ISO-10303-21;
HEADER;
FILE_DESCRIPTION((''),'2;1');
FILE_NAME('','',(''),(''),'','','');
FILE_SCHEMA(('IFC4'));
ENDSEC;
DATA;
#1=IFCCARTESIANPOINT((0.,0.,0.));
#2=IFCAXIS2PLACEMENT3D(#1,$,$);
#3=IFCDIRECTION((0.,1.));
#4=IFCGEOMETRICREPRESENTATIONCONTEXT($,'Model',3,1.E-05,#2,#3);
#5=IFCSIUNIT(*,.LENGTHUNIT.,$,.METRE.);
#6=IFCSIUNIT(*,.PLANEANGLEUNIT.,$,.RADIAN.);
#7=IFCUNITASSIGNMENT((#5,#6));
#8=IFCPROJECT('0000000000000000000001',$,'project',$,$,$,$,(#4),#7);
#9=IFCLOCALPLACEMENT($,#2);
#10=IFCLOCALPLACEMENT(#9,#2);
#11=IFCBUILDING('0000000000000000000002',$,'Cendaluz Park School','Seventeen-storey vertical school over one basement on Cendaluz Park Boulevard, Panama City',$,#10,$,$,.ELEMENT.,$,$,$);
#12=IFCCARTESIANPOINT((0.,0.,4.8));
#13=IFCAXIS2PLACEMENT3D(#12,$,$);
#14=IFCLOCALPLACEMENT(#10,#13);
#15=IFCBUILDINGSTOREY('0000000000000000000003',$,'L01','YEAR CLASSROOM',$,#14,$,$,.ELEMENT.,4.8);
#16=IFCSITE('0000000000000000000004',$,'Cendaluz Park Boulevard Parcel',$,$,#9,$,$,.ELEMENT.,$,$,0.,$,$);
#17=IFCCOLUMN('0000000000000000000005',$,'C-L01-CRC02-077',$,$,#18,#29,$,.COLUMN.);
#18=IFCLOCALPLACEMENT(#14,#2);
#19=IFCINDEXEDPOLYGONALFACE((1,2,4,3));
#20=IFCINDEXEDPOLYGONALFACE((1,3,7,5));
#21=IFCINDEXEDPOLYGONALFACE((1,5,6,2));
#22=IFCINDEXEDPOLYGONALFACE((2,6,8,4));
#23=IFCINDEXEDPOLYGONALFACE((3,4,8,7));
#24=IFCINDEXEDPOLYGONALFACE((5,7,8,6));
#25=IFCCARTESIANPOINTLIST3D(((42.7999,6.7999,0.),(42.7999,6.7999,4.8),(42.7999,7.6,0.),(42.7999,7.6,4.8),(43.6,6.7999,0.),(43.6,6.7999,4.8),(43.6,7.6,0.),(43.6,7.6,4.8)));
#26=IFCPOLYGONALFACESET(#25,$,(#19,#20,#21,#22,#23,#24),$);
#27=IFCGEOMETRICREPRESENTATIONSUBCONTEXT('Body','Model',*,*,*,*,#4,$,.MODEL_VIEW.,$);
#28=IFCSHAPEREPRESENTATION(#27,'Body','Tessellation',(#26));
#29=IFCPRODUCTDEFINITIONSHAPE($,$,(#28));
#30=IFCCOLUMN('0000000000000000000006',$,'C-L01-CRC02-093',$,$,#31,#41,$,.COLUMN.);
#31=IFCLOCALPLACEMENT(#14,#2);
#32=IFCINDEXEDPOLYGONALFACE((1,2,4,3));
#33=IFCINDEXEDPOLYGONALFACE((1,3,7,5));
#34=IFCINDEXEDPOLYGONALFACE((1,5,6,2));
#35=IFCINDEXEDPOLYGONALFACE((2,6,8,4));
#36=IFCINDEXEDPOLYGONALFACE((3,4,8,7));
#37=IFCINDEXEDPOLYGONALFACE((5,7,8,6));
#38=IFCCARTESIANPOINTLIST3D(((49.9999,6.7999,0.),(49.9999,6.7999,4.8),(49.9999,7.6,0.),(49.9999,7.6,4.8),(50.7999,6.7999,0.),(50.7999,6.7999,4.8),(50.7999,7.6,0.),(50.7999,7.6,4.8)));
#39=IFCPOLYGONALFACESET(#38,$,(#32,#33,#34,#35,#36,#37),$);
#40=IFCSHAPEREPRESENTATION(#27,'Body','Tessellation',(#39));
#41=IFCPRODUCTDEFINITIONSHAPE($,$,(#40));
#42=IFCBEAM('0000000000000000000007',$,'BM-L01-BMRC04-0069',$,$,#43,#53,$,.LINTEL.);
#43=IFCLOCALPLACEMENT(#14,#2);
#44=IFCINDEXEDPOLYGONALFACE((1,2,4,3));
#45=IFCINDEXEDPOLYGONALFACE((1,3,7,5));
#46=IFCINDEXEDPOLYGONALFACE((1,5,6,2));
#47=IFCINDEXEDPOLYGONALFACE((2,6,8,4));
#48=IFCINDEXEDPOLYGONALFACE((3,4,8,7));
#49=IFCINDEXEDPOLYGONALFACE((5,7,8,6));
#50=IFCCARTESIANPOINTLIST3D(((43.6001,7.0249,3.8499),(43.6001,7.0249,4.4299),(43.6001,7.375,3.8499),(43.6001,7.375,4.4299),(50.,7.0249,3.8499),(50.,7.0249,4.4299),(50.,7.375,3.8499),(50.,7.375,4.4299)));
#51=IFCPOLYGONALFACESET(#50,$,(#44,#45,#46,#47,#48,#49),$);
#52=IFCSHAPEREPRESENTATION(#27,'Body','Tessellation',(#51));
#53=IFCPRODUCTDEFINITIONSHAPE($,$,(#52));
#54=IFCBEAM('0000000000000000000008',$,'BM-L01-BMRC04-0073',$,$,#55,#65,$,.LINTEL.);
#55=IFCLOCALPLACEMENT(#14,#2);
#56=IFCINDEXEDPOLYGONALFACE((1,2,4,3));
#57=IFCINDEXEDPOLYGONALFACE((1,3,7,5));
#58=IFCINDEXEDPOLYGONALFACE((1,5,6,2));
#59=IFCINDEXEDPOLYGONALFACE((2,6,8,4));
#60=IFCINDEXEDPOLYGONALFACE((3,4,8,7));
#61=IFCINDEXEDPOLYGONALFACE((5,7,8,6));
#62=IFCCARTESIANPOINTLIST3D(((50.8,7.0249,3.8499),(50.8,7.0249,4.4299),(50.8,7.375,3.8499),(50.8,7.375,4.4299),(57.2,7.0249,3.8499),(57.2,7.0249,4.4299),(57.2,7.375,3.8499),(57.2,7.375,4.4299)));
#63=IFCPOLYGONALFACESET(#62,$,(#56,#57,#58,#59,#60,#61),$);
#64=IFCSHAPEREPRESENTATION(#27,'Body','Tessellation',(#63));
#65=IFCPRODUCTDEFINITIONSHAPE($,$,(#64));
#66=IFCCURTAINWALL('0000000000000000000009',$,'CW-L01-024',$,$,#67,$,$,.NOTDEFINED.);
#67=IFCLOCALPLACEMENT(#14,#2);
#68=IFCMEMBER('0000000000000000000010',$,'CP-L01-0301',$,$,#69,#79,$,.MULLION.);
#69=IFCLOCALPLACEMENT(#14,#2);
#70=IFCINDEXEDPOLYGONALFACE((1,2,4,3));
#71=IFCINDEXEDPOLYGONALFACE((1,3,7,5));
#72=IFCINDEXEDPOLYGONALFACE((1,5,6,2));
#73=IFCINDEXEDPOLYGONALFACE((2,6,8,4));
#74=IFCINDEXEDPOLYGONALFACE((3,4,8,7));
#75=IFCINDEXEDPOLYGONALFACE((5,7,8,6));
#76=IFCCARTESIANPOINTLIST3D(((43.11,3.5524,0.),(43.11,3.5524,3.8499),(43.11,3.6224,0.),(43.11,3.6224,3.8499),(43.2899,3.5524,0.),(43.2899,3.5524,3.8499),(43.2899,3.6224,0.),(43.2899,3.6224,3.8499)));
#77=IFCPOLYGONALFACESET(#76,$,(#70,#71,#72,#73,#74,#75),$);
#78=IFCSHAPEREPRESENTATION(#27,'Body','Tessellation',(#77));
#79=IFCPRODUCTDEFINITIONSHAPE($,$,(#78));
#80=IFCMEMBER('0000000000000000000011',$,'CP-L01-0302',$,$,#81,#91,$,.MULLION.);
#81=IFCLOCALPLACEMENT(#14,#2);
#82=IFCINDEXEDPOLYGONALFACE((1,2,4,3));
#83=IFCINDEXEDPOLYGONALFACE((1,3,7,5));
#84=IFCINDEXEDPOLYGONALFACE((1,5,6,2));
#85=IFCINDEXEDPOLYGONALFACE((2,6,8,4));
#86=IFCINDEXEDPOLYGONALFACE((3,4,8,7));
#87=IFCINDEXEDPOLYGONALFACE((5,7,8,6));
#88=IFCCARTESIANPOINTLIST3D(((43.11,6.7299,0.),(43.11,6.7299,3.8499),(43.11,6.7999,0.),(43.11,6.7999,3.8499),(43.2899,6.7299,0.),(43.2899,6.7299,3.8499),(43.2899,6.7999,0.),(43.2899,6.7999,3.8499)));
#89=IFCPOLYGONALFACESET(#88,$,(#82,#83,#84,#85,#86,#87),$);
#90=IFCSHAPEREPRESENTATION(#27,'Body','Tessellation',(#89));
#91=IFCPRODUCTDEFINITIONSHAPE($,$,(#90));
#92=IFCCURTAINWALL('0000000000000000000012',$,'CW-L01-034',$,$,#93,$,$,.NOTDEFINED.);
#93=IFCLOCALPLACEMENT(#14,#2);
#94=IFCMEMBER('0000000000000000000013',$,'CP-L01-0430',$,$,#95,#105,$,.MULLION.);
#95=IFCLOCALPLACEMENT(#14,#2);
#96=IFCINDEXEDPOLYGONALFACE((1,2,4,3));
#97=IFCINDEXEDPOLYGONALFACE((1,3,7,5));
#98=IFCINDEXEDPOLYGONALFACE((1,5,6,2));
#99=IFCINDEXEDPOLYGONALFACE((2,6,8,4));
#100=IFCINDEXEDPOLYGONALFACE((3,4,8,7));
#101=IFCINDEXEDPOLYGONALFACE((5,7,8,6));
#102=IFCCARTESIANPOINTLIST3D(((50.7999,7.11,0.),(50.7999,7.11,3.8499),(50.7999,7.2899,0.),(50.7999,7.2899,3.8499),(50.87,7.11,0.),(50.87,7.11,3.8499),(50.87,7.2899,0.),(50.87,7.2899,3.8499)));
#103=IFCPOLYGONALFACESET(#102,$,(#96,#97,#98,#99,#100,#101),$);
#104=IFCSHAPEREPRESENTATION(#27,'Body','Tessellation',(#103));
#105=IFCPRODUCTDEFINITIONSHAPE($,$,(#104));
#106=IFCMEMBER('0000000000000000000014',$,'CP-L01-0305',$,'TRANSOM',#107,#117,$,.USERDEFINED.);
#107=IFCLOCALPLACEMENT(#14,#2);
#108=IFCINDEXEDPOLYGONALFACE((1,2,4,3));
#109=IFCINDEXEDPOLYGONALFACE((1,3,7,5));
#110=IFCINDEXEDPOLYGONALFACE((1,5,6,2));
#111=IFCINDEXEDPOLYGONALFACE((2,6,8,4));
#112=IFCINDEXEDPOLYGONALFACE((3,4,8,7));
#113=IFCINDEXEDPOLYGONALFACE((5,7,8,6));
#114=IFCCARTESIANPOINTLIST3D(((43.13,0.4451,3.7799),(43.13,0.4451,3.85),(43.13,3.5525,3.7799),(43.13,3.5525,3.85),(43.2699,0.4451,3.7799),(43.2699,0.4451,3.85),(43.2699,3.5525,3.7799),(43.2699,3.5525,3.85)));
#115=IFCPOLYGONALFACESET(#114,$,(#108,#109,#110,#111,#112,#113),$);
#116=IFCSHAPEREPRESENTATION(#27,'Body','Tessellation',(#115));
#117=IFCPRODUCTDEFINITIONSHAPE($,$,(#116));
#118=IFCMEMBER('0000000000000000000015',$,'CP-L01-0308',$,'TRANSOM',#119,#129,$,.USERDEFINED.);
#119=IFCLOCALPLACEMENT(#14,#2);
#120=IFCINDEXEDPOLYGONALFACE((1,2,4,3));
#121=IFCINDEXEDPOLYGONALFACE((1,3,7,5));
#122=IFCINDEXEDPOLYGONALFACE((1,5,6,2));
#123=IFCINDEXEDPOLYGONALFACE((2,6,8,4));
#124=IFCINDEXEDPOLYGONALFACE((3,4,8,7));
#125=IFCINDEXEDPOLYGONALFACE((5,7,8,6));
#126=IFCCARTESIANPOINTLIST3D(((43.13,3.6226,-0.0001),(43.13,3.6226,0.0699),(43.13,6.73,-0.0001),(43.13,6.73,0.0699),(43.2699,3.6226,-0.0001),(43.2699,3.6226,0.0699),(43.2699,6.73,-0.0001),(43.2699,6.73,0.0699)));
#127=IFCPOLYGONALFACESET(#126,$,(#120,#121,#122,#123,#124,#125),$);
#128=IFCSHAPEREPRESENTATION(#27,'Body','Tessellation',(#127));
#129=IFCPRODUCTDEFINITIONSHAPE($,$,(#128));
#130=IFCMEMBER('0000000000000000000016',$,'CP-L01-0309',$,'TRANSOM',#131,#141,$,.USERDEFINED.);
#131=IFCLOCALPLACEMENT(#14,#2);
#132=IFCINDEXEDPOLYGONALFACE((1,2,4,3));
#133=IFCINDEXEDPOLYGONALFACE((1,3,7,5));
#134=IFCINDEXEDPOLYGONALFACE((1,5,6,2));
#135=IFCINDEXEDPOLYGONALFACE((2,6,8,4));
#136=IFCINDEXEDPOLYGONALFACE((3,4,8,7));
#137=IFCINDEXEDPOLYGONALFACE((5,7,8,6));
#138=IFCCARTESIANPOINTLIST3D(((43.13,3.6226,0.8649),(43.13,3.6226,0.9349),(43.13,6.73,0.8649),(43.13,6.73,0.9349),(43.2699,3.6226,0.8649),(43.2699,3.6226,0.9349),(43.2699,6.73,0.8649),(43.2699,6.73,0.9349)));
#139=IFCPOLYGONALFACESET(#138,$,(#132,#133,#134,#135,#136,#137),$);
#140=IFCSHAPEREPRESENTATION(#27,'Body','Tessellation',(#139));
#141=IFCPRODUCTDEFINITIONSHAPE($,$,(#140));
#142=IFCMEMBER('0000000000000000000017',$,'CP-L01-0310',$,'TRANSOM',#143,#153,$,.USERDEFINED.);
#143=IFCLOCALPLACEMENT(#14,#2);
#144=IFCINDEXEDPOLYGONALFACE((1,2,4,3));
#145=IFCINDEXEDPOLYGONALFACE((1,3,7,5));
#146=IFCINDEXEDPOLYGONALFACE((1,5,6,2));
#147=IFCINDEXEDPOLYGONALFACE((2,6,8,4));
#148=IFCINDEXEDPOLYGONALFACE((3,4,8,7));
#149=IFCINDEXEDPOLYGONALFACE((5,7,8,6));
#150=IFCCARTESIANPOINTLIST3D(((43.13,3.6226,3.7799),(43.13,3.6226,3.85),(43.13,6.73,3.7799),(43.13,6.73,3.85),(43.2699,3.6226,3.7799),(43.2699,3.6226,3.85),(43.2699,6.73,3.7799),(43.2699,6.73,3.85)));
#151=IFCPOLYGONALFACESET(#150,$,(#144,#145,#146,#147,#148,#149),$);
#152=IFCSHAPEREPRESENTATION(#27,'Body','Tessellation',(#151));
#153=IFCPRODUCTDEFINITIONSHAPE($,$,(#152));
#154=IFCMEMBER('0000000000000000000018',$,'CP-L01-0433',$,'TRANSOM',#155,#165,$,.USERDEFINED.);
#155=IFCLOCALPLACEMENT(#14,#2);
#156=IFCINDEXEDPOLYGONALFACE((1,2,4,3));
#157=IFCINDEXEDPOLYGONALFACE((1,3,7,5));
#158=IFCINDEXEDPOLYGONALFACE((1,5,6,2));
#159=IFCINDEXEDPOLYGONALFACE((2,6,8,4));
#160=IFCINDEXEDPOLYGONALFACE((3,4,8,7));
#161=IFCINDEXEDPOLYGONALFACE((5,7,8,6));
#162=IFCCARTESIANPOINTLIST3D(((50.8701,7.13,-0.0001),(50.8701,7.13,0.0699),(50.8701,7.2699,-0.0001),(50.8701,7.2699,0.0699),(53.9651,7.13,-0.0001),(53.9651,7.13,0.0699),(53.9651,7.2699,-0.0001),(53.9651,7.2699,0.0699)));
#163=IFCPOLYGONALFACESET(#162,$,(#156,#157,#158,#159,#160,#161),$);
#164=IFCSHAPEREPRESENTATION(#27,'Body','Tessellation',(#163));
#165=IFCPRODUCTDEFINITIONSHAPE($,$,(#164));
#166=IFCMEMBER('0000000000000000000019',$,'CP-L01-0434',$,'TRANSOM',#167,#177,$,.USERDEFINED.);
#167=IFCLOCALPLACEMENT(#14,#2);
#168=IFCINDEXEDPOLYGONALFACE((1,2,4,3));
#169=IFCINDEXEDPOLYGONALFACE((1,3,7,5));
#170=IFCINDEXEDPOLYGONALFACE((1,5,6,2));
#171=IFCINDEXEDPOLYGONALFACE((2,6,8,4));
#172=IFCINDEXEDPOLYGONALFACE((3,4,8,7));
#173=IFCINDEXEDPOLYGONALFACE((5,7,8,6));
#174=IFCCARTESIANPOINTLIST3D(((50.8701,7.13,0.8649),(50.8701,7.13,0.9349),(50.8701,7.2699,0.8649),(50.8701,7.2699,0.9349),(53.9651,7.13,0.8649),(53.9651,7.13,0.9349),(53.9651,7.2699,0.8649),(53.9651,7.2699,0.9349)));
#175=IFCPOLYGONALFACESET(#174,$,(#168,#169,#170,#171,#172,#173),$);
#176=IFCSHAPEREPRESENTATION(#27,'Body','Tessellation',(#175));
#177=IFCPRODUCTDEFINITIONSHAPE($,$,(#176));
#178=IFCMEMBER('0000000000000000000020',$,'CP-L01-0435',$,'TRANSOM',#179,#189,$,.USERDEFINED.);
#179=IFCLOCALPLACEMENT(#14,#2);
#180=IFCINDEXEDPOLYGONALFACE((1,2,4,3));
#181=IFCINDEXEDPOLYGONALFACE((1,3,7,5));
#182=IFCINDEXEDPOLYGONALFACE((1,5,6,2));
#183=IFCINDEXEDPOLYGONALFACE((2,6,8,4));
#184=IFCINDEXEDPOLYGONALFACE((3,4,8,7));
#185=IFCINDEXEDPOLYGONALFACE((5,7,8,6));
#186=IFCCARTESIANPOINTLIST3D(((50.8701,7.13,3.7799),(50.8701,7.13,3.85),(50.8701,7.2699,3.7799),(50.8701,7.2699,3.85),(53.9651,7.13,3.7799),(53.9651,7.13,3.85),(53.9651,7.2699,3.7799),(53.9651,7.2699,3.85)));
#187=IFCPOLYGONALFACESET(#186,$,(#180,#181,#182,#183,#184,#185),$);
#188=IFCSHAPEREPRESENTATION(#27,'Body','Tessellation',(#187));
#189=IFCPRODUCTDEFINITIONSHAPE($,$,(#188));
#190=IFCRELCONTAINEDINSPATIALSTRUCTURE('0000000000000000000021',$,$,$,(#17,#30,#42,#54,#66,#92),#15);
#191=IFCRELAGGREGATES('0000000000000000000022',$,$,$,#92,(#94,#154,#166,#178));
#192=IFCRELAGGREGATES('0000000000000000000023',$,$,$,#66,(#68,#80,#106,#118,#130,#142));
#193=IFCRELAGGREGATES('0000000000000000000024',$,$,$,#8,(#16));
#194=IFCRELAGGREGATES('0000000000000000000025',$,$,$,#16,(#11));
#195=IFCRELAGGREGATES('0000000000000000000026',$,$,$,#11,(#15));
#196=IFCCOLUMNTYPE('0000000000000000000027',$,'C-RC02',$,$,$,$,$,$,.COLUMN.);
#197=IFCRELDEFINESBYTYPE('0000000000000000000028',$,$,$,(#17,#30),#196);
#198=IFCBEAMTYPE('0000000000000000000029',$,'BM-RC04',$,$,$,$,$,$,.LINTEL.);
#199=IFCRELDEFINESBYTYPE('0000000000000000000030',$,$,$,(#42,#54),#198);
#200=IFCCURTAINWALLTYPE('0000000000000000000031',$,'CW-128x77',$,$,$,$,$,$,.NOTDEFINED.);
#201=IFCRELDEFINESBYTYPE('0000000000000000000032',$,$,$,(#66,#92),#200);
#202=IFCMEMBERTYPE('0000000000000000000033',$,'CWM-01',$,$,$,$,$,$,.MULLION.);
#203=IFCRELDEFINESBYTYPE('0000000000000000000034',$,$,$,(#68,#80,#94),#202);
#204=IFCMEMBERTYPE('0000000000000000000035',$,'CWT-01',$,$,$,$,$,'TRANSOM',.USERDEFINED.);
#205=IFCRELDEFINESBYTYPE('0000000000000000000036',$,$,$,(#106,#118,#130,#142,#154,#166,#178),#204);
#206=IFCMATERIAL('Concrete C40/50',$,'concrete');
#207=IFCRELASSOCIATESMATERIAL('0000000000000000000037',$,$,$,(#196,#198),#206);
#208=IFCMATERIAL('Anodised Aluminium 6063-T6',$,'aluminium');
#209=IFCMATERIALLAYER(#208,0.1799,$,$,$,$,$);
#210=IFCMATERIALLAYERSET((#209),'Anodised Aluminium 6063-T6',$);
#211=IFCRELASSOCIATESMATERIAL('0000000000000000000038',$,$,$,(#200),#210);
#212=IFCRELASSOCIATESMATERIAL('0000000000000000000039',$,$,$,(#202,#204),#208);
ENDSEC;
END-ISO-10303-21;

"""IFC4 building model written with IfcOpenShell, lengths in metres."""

from ifc_helpers import new_model, si_unit, direction, frame, origin, origin_2d, place, context, subcontext, project, spatial, rectangle, extrude, material, layer, layer_set, material_profile, profile_set, type_object, element, aggregate, save


model = new_model("IFC4")

# Units and contexts
model_context = context("Model", 3, precision=1e-05, world=origin(), true_north=direction((0.0, 1.0)))
body_context = subcontext(model_context, "Body", "Model", "MODEL_VIEW")
ifc_project = project(units=[si_unit("LENGTHUNIT", "METRE"), si_unit("PLANEANGLEUNIT", "RADIAN")], contexts=[model_context])

# Site, building, storey
site_placement = place(None, origin())
site = spatial("IfcSite", under=ifc_project, at=site_placement, Name="Cendaluz Park Boulevard Parcel", CompositionType="ELEMENT", RefElevation=0.0)
building_placement = place(site_placement, origin())
building = spatial("IfcBuilding", under=site, at=building_placement, Name="Cendaluz Park School", Description="Seventeen-storey vertical school over one basement on Cendaluz Park Boulevard, Panama City", CompositionType="ELEMENT")
storey_placement = place(building_placement, frame((0.0, 0.0, 4.8)))
storey = spatial("IfcBuildingStorey", under=building, at=storey_placement, Name="L01", Description="YEAR CLASSROOM", CompositionType="ELEMENT", Elevation=4.8)

# Columns
ifc_material_1 = material(Name="Concrete C40/50", Category="concrete")
ifc_material_profile_1 = material_profile(ifc_material_1, rectangle(XDim=0.8, YDim=0.8, at=origin_2d()), Name="RC 800x800", Category="concrete")
ifc_profile_set_1 = profile_set([ifc_material_profile_1], Name="Concrete C40/50")
column_type = type_object("IfcColumnType", Name="C-RC02", PredefinedType="COLUMN", material=ifc_profile_set_1)
for number, where, z_axis, x_axis, name in (
    (1, (43.2, 7.2, 0.0), (0.0, 0.0, 1.0), (1.0, 0.0, 0.0), "C-L01-CRC02-077"),
    (2, (50.3999, 7.2, 0.0), (0.0, 0.0, 1.0), (1.0, 0.0, 0.0), "C-L01-CRC02-093"),
):
    element("IfcColumn", number, at=place(storey_placement, frame(where, z_axis=z_axis, x_axis=x_axis)), inside=storey, type_object=column_type, Name=name, PredefinedType="COLUMN", context=body_context, shape_type="SweptSolid", body=[
        extrude(rectangle(XDim=0.8, YDim=0.8, at=origin_2d()), origin(), (0.0, 0.0, 1.0), 4.8),
    ])

# Beams
ifc_material_profile_2 = material_profile(ifc_material_1, rectangle(XDim=0.3501, YDim=0.5801, at=origin_2d()), Name="RC 350x580", Category="concrete")
ifc_profile_set_2 = profile_set([ifc_material_profile_2], Name="Concrete C40/50")
beam_type = type_object("IfcBeamType", Name="BM-RC04", PredefinedType="LINTEL", material=ifc_profile_set_2)
for number, where, z_axis, x_axis, name in (
    (3, (43.6001, 7.2, 4.1399), (1.0, 0.0, 0.0), (0.0, 1.0, 0.0), "BM-L01-BMRC04-0069"),
    (4, (50.8, 7.2, 4.1399), (1.0, 0.0, 0.0), (0.0, 1.0, 0.0), "BM-L01-BMRC04-0073"),
):
    element("IfcBeam", number, at=place(storey_placement, frame(where, z_axis=z_axis, x_axis=x_axis)), inside=storey, type_object=beam_type, Name=name, PredefinedType="LINTEL", context=body_context, shape_type="SweptSolid", body=[
        extrude(rectangle(XDim=0.3501, YDim=0.5801, at=origin_2d()), origin(), (0.0, 0.0, 1.0), 6.3999),
    ])

# Curtain wall, members
ifc_material_2 = material(Name="Anodised Aluminium 6063-T6", Category="aluminium")
ifc_layer_1 = layer(ifc_material_2, 0.1799)
ifc_layer_set_1 = layer_set([ifc_layer_1], Name="Anodised Aluminium 6063-T6")
curtain_wall_type = type_object("IfcCurtainWallType", Name="CW-128x77", PredefinedType="NOTDEFINED", material=ifc_layer_set_1)
curtain_wall_1_placement = place(storey_placement, origin())
curtain_wall_1 = element("IfcCurtainWall", 5, at=curtain_wall_1_placement, inside=storey, type_object=curtain_wall_type, Name="CW-L01-024", PredefinedType="NOTDEFINED")
ifc_material_profile_3 = material_profile(ifc_material_2, rectangle(XDim=0.1799, YDim=0.0701, at=origin_2d()), Name="CWM 180x70", Category="aluminium")
ifc_profile_set_3 = profile_set([ifc_material_profile_3], Name="Anodised Aluminium 6063-T6")
member_type_1 = type_object("IfcMemberType", Name="CWM-01", PredefinedType="MULLION", material=ifc_profile_set_3)
member_1_placement = place(storey_placement, frame((43.2, 3.5874, 0.0), z_axis=(0.0, 0.0, 1.0), x_axis=(-1.0, 0.0, 0.0)))
member_1 = element("IfcMember", 6, at=member_1_placement, type_object=member_type_1, Name="CP-L01-0301", PredefinedType="MULLION", context=body_context, shape_type="SweptSolid", body=[
    extrude(rectangle(XDim=0.1799, YDim=0.0701, at=origin_2d()), origin(), (0.0, 0.0, 1.0), 3.8499),
])
member_2_placement = place(storey_placement, frame((43.2, 6.7649, 0.0), z_axis=(0.0, 0.0, 1.0), x_axis=(-1.0, 0.0, 0.0)))
member_2 = element("IfcMember", 7, at=member_2_placement, type_object=member_type_1, Name="CP-L01-0302", PredefinedType="MULLION", context=body_context, shape_type="SweptSolid", body=[
    extrude(rectangle(XDim=0.1799, YDim=0.0701, at=origin_2d()), origin(), (0.0, 0.0, 1.0), 3.8499),
])

# Curtain wall, member
curtain_wall_2_placement = place(storey_placement, origin())
curtain_wall_2 = element("IfcCurtainWall", 8, at=curtain_wall_2_placement, inside=storey, type_object=curtain_wall_type, Name="CW-L01-034", PredefinedType="NOTDEFINED")
member_3_placement = place(storey_placement, frame((50.835, 7.2, 0.0), z_axis=(0.0, 0.0, 1.0), x_axis=(0.0, 1.0, 0.0)))
member_3 = element("IfcMember", 9, at=member_3_placement, type_object=member_type_1, Name="CP-L01-0430", PredefinedType="MULLION", context=body_context, shape_type="SweptSolid", body=[
    extrude(rectangle(XDim=0.1799, YDim=0.0701, at=origin_2d()), origin(), (0.0, 0.0, 1.0), 3.8499),
])

# Members
ifc_material_profile_4 = material_profile(ifc_material_2, rectangle(XDim=0.1399, YDim=0.0701, at=origin_2d()), Name="CWT 140x70", Category="aluminium")
ifc_profile_set_4 = profile_set([ifc_material_profile_4], Name="Anodised Aluminium 6063-T6")
member_type_2 = type_object("IfcMemberType", Name="CWT-01", ElementType="TRANSOM", PredefinedType="USERDEFINED", material=ifc_profile_set_4)
member_4_placement = place(storey_placement, frame((43.2, 0.4451, 3.8149), z_axis=(0.0, 1.0, 0.0), x_axis=(-1.0, 0.0, 0.0)))
member_4 = element("IfcMember", 10, at=member_4_placement, type_object=member_type_2, Name="CP-L01-0305", ObjectType="TRANSOM", PredefinedType="USERDEFINED", context=body_context, shape_type="SweptSolid", body=[
    extrude(rectangle(XDim=0.1399, YDim=0.0701, at=origin_2d()), origin(), (0.0, 0.0, 1.0), 3.1074),
])
member_5_placement = place(storey_placement, frame((43.2, 3.6226, 0.0349), z_axis=(0.0, 1.0, 0.0), x_axis=(-1.0, 0.0, 0.0)))
member_5 = element("IfcMember", 11, at=member_5_placement, type_object=member_type_2, Name="CP-L01-0308", ObjectType="TRANSOM", PredefinedType="USERDEFINED", context=body_context, shape_type="SweptSolid", body=[
    extrude(rectangle(XDim=0.1399, YDim=0.0701, at=origin_2d()), origin(), (0.0, 0.0, 1.0), 3.1074),
])
member_6_placement = place(storey_placement, frame((43.2, 3.6226, 0.8999), z_axis=(0.0, 1.0, 0.0), x_axis=(-1.0, 0.0, 0.0)))
member_6 = element("IfcMember", 12, at=member_6_placement, type_object=member_type_2, Name="CP-L01-0309", ObjectType="TRANSOM", PredefinedType="USERDEFINED", context=body_context, shape_type="SweptSolid", body=[
    extrude(rectangle(XDim=0.1399, YDim=0.0701, at=origin_2d()), origin(), (0.0, 0.0, 1.0), 3.1074),
])
member_7_placement = place(storey_placement, frame((43.2, 3.6226, 3.8149), z_axis=(0.0, 1.0, 0.0), x_axis=(-1.0, 0.0, 0.0)))
member_7 = element("IfcMember", 13, at=member_7_placement, type_object=member_type_2, Name="CP-L01-0310", ObjectType="TRANSOM", PredefinedType="USERDEFINED", context=body_context, shape_type="SweptSolid", body=[
    extrude(rectangle(XDim=0.1399, YDim=0.0701, at=origin_2d()), origin(), (0.0, 0.0, 1.0), 3.1074),
])
member_8_placement = place(storey_placement, frame((50.8701, 7.2, 0.0349), z_axis=(1.0, 0.0, 0.0), x_axis=(0.0, 1.0, 0.0)))
member_8 = element("IfcMember", 14, at=member_8_placement, type_object=member_type_2, Name="CP-L01-0433", ObjectType="TRANSOM", PredefinedType="USERDEFINED", context=body_context, shape_type="SweptSolid", body=[
    extrude(rectangle(XDim=0.1399, YDim=0.0701, at=origin_2d()), origin(), (0.0, 0.0, 1.0), 3.095),
])
member_9_placement = place(storey_placement, frame((50.8701, 7.2, 0.8999), z_axis=(1.0, 0.0, 0.0), x_axis=(0.0, 1.0, 0.0)))
member_9 = element("IfcMember", 15, at=member_9_placement, type_object=member_type_2, Name="CP-L01-0434", ObjectType="TRANSOM", PredefinedType="USERDEFINED", context=body_context, shape_type="SweptSolid", body=[
    extrude(rectangle(XDim=0.1399, YDim=0.0701, at=origin_2d()), origin(), (0.0, 0.0, 1.0), 3.095),
])
member_10_placement = place(storey_placement, frame((50.8701, 7.2, 3.8149), z_axis=(1.0, 0.0, 0.0), x_axis=(0.0, 1.0, 0.0)))
member_10 = element("IfcMember", 16, at=member_10_placement, type_object=member_type_2, Name="CP-L01-0435", ObjectType="TRANSOM", PredefinedType="USERDEFINED", context=body_context, shape_type="SweptSolid", body=[
    extrude(rectangle(XDim=0.1399, YDim=0.0701, at=origin_2d()), origin(), (0.0, 0.0, 1.0), 3.095),
])
aggregate(curtain_wall_2, [member_3, member_8, member_9, member_10])

aggregate(curtain_wall_1, [member_1, member_2, member_4, member_5, member_6, member_7])

save(model, "model.ifc")
